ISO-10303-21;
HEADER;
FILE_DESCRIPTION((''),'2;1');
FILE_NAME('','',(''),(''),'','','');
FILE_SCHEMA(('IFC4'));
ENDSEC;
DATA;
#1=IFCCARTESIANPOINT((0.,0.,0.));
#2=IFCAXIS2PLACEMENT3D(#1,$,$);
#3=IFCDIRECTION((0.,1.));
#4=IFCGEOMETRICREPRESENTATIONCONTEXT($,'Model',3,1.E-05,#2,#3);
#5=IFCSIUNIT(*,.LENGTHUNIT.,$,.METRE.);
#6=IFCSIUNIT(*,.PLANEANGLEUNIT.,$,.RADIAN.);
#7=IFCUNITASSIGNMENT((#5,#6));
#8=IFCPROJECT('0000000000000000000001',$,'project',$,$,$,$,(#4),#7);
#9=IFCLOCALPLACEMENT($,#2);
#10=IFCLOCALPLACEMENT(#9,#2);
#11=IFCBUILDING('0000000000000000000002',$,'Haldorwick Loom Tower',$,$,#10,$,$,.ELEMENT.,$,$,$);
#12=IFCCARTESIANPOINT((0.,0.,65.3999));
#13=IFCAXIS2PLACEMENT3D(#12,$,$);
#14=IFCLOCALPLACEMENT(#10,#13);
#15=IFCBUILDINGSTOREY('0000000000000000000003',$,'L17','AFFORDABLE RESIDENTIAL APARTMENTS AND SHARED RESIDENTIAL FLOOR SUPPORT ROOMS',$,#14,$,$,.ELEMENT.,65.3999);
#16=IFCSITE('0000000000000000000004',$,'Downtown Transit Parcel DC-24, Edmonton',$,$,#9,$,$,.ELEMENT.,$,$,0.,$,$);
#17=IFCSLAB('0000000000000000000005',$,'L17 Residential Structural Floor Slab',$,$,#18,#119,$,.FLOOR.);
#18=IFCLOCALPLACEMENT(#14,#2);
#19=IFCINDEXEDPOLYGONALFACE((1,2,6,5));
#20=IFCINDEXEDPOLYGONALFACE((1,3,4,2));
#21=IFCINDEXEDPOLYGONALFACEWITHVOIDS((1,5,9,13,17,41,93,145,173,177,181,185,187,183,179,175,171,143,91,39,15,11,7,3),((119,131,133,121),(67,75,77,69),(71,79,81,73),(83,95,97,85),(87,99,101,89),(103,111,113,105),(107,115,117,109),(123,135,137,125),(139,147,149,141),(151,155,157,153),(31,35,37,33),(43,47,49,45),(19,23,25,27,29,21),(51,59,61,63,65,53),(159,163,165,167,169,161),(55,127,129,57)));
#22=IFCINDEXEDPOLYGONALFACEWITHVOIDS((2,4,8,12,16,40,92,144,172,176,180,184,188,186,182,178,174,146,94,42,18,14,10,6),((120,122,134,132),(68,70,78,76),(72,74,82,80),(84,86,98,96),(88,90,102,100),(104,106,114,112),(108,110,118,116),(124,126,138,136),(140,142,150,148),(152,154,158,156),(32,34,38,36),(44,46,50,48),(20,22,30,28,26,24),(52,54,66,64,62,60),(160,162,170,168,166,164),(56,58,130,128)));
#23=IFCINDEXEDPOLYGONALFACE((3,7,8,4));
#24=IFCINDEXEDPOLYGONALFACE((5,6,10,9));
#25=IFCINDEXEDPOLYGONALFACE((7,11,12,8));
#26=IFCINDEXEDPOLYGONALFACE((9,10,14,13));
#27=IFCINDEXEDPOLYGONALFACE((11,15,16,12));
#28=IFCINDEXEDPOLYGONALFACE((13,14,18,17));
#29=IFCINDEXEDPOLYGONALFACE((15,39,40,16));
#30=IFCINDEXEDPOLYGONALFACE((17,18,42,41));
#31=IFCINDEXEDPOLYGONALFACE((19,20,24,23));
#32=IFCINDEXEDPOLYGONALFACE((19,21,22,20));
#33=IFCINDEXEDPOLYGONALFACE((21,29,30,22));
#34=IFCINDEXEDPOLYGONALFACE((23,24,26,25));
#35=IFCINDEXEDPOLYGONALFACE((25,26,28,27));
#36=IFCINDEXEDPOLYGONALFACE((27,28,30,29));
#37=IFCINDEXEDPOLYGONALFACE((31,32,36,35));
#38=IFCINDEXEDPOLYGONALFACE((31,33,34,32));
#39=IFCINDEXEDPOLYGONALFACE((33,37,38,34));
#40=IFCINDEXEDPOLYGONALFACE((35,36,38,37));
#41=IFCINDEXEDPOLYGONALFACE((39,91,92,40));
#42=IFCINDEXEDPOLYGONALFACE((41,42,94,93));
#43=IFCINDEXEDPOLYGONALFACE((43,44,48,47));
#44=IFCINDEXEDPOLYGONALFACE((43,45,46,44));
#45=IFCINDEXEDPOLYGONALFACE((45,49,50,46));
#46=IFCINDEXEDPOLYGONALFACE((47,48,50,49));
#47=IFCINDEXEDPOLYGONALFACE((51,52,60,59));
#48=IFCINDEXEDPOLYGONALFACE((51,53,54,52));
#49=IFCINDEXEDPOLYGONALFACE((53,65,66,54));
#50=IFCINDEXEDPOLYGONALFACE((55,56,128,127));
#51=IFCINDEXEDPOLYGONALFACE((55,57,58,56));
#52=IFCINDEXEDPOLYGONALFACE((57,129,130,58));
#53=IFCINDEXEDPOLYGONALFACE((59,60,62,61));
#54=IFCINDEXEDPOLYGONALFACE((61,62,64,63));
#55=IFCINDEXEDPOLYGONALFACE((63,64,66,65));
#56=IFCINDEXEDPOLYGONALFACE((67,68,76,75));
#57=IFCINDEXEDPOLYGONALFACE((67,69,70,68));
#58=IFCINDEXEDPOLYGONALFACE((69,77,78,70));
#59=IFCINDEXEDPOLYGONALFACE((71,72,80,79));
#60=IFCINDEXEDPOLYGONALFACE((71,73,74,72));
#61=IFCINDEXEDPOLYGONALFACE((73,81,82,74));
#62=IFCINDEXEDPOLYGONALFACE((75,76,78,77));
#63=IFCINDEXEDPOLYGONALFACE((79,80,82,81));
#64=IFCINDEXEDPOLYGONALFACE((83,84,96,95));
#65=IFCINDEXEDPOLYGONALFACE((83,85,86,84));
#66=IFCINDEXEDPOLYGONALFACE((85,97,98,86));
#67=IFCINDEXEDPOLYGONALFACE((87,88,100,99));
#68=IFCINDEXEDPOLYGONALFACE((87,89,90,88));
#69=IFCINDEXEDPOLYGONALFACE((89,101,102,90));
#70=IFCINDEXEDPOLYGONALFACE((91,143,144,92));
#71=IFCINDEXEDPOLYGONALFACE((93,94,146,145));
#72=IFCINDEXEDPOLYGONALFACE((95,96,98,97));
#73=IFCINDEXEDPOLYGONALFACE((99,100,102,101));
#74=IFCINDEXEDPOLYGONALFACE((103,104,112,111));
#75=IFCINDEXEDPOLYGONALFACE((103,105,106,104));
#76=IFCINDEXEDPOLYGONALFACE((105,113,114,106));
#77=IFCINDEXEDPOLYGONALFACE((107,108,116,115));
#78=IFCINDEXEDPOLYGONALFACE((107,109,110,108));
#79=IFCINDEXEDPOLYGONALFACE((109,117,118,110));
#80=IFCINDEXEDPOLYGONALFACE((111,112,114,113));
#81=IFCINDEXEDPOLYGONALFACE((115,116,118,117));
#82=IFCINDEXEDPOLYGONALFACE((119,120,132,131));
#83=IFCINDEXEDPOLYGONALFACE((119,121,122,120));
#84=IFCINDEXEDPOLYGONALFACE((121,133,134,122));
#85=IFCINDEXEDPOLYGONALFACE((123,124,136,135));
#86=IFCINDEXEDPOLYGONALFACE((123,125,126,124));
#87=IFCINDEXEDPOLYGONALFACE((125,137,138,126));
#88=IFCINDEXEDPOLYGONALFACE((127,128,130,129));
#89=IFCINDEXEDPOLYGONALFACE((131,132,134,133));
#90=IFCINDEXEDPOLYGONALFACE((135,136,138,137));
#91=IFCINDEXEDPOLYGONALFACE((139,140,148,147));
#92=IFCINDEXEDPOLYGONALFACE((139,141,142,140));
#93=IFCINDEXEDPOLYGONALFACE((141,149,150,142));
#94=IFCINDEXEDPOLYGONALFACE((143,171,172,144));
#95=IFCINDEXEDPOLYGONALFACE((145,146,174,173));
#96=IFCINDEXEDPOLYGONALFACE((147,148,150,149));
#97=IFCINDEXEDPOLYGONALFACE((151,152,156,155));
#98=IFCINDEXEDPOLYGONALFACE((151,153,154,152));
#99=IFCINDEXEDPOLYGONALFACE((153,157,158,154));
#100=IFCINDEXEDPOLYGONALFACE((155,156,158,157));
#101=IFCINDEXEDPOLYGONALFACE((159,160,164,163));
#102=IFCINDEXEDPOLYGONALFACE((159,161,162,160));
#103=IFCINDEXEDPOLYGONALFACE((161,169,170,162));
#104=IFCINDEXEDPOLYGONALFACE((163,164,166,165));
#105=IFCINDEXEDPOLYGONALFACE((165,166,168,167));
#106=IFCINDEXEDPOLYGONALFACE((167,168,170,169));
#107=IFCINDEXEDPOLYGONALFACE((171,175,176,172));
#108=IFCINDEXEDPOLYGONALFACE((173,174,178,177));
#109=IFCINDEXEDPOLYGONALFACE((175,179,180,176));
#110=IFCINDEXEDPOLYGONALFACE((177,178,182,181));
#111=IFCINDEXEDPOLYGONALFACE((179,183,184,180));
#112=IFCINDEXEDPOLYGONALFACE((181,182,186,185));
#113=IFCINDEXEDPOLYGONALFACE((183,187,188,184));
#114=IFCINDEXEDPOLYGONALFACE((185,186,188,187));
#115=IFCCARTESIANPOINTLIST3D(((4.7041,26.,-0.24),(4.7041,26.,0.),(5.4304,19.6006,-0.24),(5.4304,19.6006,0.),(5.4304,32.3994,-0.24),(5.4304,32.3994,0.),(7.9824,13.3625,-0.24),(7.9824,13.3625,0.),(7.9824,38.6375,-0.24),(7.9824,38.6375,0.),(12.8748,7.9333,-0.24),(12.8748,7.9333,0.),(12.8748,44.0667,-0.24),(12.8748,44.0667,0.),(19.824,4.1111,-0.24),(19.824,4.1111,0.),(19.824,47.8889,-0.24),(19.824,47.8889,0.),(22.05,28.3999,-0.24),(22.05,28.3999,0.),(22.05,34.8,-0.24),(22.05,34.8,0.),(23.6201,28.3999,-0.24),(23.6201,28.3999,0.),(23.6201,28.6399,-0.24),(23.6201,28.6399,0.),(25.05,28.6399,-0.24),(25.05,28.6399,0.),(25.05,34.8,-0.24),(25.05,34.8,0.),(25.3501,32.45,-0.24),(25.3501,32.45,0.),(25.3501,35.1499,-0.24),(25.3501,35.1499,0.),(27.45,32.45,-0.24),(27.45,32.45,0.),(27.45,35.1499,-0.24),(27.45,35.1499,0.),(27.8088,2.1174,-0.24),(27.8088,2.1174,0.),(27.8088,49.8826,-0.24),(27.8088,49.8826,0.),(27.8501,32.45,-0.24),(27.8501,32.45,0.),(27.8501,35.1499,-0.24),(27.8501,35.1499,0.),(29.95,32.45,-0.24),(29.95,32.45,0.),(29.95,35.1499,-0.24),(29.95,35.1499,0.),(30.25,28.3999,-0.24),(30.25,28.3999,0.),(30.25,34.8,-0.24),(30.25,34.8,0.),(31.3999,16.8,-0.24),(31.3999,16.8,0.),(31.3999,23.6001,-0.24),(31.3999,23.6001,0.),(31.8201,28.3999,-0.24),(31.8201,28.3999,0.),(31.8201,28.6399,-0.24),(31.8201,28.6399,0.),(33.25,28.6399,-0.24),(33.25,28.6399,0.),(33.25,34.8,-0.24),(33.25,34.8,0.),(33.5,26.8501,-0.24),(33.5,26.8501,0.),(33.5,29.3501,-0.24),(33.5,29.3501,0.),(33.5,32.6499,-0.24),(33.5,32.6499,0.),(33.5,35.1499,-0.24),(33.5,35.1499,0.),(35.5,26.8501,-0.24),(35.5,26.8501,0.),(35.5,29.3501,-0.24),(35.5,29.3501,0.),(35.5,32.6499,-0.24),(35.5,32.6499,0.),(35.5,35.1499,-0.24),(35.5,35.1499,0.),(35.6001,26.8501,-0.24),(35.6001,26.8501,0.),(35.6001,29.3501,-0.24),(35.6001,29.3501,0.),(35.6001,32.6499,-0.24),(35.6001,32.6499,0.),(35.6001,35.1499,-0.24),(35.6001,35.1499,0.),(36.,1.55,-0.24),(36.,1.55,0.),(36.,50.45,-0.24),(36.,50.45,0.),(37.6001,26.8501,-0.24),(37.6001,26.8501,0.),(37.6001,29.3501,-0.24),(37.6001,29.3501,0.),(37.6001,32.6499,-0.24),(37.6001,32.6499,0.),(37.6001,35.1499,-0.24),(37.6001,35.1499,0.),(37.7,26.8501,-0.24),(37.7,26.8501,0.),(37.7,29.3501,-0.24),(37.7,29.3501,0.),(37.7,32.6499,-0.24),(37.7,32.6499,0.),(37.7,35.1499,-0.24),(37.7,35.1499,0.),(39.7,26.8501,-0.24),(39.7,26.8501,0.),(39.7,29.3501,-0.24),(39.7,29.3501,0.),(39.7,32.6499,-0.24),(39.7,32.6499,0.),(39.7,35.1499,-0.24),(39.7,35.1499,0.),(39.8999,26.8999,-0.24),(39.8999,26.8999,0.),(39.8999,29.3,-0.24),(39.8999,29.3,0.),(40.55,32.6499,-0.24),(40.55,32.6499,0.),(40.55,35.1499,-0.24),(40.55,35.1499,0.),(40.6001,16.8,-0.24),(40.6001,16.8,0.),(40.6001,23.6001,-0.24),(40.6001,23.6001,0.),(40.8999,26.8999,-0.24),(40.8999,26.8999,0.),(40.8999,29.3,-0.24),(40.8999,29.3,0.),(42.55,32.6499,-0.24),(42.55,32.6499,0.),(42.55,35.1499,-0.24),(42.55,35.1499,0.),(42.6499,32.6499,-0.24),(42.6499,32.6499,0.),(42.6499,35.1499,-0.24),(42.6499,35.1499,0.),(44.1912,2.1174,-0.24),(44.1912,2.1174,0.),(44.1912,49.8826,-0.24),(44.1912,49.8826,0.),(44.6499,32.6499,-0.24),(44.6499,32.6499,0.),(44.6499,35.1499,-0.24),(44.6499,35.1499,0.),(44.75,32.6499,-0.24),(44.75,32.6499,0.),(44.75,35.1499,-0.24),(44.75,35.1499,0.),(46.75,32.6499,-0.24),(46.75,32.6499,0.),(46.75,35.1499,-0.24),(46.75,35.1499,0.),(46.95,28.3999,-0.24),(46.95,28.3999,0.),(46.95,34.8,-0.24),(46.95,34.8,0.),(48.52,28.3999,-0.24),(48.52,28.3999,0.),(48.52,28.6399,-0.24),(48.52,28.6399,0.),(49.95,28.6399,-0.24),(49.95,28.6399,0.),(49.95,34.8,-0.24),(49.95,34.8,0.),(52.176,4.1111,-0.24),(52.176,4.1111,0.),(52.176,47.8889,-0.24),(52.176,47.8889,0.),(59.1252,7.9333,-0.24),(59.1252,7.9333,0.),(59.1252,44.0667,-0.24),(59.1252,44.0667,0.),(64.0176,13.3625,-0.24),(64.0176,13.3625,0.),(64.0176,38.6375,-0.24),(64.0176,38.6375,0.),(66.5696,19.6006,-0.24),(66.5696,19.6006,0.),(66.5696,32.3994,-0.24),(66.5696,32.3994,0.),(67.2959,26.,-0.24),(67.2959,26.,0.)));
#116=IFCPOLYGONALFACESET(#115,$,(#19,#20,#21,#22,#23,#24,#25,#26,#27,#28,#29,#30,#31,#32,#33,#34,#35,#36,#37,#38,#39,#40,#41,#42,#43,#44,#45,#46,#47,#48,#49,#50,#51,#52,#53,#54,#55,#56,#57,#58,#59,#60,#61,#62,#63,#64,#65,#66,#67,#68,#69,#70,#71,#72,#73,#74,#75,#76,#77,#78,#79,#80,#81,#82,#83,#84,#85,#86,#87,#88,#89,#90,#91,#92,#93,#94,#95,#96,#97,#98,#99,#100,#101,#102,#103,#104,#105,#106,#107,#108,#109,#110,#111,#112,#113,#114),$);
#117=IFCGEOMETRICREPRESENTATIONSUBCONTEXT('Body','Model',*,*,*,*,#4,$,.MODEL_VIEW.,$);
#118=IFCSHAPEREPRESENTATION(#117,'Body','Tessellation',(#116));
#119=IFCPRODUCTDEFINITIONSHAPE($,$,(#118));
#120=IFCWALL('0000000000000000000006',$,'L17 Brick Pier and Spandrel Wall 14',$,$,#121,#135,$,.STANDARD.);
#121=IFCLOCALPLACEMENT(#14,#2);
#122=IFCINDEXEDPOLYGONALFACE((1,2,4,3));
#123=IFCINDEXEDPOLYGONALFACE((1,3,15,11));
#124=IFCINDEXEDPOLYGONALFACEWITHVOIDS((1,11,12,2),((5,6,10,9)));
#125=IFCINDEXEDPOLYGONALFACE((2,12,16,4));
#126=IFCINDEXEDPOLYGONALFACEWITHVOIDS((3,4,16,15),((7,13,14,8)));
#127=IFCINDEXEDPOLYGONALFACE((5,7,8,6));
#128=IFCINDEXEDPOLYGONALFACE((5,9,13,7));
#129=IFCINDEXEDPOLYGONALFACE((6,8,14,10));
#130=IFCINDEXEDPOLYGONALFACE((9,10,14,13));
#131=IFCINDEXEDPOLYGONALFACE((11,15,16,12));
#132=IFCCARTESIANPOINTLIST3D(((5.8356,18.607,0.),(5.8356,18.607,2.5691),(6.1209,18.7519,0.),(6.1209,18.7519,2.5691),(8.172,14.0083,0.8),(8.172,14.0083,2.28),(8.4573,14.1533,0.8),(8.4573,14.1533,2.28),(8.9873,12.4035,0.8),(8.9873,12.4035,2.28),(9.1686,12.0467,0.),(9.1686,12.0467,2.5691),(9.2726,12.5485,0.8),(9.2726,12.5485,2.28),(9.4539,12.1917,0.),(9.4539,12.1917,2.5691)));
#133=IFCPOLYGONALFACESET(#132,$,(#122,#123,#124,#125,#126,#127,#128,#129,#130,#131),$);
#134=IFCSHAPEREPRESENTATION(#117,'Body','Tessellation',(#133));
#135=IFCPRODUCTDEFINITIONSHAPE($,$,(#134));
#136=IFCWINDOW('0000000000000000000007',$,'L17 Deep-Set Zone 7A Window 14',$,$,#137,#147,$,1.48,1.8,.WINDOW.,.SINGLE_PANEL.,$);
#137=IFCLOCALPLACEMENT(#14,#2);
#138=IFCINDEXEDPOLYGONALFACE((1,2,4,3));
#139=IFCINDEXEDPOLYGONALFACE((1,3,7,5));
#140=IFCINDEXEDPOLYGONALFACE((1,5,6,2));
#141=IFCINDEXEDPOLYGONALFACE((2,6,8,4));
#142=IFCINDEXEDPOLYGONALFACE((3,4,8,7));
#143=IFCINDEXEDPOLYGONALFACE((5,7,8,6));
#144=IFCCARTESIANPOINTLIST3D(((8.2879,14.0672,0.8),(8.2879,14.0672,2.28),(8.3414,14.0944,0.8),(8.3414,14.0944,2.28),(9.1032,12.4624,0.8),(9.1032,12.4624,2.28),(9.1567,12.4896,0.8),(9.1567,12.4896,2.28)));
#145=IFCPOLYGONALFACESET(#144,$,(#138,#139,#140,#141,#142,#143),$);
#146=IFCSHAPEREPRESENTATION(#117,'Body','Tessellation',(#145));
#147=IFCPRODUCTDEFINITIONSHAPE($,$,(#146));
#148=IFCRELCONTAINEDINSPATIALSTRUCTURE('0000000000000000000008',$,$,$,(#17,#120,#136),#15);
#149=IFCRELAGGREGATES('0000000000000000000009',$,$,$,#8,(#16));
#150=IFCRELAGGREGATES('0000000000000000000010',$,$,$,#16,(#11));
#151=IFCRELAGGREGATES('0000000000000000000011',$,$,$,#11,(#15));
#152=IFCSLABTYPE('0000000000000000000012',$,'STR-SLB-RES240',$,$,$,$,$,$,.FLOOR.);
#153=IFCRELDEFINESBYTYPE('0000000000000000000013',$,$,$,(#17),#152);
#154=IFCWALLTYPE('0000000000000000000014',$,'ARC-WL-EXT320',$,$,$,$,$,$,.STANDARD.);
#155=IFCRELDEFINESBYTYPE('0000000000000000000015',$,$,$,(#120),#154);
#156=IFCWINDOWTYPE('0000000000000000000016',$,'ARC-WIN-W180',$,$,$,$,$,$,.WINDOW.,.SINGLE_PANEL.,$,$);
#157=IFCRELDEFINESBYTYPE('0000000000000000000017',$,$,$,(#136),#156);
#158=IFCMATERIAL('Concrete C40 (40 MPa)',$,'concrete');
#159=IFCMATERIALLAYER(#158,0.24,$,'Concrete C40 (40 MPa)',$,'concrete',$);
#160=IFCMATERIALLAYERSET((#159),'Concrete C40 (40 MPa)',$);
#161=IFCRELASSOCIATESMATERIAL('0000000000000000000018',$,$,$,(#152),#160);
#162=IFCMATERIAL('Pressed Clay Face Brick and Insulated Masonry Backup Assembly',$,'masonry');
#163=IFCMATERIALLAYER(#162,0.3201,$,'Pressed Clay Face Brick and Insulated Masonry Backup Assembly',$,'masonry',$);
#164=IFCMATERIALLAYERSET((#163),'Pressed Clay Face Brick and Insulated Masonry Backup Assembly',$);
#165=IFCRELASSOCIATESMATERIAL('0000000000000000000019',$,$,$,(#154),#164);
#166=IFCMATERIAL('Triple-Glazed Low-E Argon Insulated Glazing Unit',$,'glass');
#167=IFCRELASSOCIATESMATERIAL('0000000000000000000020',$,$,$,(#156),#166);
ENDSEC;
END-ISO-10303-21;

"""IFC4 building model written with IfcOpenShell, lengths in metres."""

from ifc_helpers import new_model, si_unit, direction, frame, frame_2d, origin, place, context, subcontext, project, spatial, polyline, rectangle, outline, extrude, material, layer, layer_set, type_object, element, fill, save


model = new_model("IFC4")

# Units and contexts
model_context = context("Model", 3, precision=1e-05, world=origin(), true_north=direction((0.0, 1.0)))
body_context = subcontext(model_context, "Body", "Model", "MODEL_VIEW")
ifc_project = project(units=[si_unit("LENGTHUNIT", "METRE"), si_unit("PLANEANGLEUNIT", "RADIAN")], contexts=[model_context])

# Site, building, storey
site_placement = place(None, origin())
site = spatial("IfcSite", under=ifc_project, at=site_placement, Name="Downtown Transit Parcel DC-24, Edmonton", CompositionType="ELEMENT", RefElevation=0.0)
building_placement = place(site_placement, origin())
building = spatial("IfcBuilding", under=site, at=building_placement, Name="Haldorwick Loom Tower", CompositionType="ELEMENT")
storey_placement = place(building_placement, frame((0.0, 0.0, 65.3999)))
storey = spatial("IfcBuildingStorey", under=building, at=storey_placement, Name="L17", Description="AFFORDABLE RESIDENTIAL APARTMENTS AND SHARED RESIDENTIAL FLOOR SUPPORT ROOMS", CompositionType="ELEMENT", Elevation=65.3999)

# Shared definitions
ifc_material_1 = material(Name="Concrete C40 (40 MPa)", Category="concrete")

# Slab
ifc_layer_1 = layer(ifc_material_1, 0.24, Name="Concrete C40 (40 MPa)", Category="concrete")
ifc_layer_set_1 = layer_set([ifc_layer_1], Name="Concrete C40 (40 MPa)")
slab_type_1 = type_object("IfcSlabType", Name="STR-SLB-RES240", PredefinedType="FLOOR", material=ifc_layer_set_1)
slab_1_placement = place(storey_placement, frame((0.0, 0.0, -0.24)))
element("IfcSlab", 1, at=slab_1_placement, inside=storey, type_object=slab_type_1, Name="L17 Residential Structural Floor Slab", PredefinedType="FLOOR", context=body_context, shape_type="SweptSolid", body=[
    extrude(outline(polyline([(59.1252, 7.9333), (64.0176, 13.3625), (66.5696, 19.6006), (67.2959, 26.0), (66.5696, 32.3994), (64.0176, 38.6375), (59.1252, 44.0667), (52.176, 47.8889), (44.1912, 49.8826), (36.0, 50.45), (27.8088, 49.8826), (19.824, 47.8889), (12.8748, 44.0667), (7.9824, 38.6375), (5.4304, 32.3994), (4.7041, 26.0), (5.4304, 19.6006), (7.9824, 13.3625), (12.8748, 7.9333), (19.824, 4.1111), (27.8088, 2.1174), (36.0, 1.55), (44.1912, 2.1174), (52.176, 4.1111), (59.1252, 7.9333)]), holes=[polyline([(31.3999, 23.6001), (40.6001, 23.6001), (40.6001, 16.8), (31.3999, 16.8), (31.3999, 23.6001)]), polyline([(33.5, 26.8501), (33.5, 29.3501), (35.5, 29.3501), (35.5, 26.8501), (33.5, 26.8501)]), polyline([(22.05, 28.3999), (22.05, 34.8), (25.05, 34.8), (25.05, 28.6399), (23.6201, 28.6399), (23.6201, 28.3999), (22.05, 28.3999)]), polyline([(30.25, 28.3999), (30.25, 34.8), (33.25, 34.8), (33.25, 28.6399), (31.8201, 28.6399), (31.8201, 28.3999), (30.25, 28.3999)]), polyline([(25.3501, 32.45), (25.3501, 35.1499), (27.45, 35.1499), (27.45, 32.45), (25.3501, 32.45)]), polyline([(27.8501, 32.45), (27.8501, 35.1499), (29.95, 35.1499), (29.95, 32.45), (27.8501, 32.45)]), polyline([(33.5, 32.6499), (33.5, 35.1499), (35.5, 35.1499), (35.5, 32.6499), (33.5, 32.6499)]), polyline([(35.6001, 32.6499), (35.6001, 35.1499), (37.6001, 35.1499), (37.6001, 32.6499), (35.6001, 32.6499)]), polyline([(35.6001, 26.8501), (35.6001, 29.3501), (37.6001, 29.3501), (37.6001, 26.8501), (35.6001, 26.8501)]), polyline([(37.7, 26.8501), (37.7, 29.3501), (39.7, 29.3501), (39.7, 26.8501), (37.7, 26.8501)]), polyline([(39.8999, 26.8999), (39.8999, 29.3), (40.8999, 29.3), (40.8999, 26.8999), (39.8999, 26.8999)]), polyline([(46.95, 28.3999), (46.95, 34.8), (49.95, 34.8), (49.95, 28.6399), (48.52, 28.6399), (48.52, 28.3999), (46.95, 28.3999)]), polyline([(37.7, 32.6499), (37.7, 35.1499), (39.7, 35.1499), (39.7, 32.6499), (37.7, 32.6499)]), polyline([(40.55, 32.6499), (40.55, 35.1499), (42.55, 35.1499), (42.55, 32.6499), (40.55, 32.6499)]), polyline([(42.6499, 32.6499), (42.6499, 35.1499), (44.6499, 35.1499), (44.6499, 32.6499), (42.6499, 32.6499)]), polyline([(44.75, 32.6499), (44.75, 35.1499), (46.75, 35.1499), (46.75, 32.6499), (44.75, 32.6499)])]), origin(), (0.0, 0.0, 1.0), 0.24),
])

# Wall, opening, window
ifc_material_2 = material(Name="Pressed Clay Face Brick and Insulated Masonry Backup Assembly", Category="masonry")
ifc_layer_2 = layer(ifc_material_2, 0.3201, Name="Pressed Clay Face Brick and Insulated Masonry Backup Assembly", Category="masonry")
ifc_layer_set_2 = layer_set([ifc_layer_2], Name="Pressed Clay Face Brick and Insulated Masonry Backup Assembly")
wall_type_1 = type_object("IfcWallType", Name="ARC-WL-EXT320", PredefinedType="STANDARD", material=ifc_layer_set_2)
wall_1_placement = place(storey_placement, frame((5.9783, 18.6794, 0.0), z_axis=(0.0, 0.0, 1.0), x_axis=(0.452951, -0.891535, 0.0)))
wall_1 = element("IfcWall", 2, at=wall_1_placement, inside=storey, type_object=wall_type_1, Name="L17 Brick Pier and Spandrel Wall 14", PredefinedType="STANDARD", context=body_context, shape_type="SweptSolid", body=[
    extrude(rectangle(XDim=7.3584, YDim=0.3201, at=frame_2d((3.6792, 0.0))), origin(), (0.0, 0.0, 1.0), 2.5691),
])
opening_1_placement = place(wall_1_placement, frame((5.1582, 0.0, 0.8)))
opening_1 = element("IfcOpeningElement", 3, at=opening_1_placement, cuts=wall_1, PredefinedType="OPENING", context=body_context, shape_type="SweptSolid", body=[
    extrude(rectangle(XDim=1.8, YDim=1.48, at=frame_2d((0.8999, 0.74))), frame((0.0, 0.1699, 0.0), z_axis=(0.0, -1.0, 0.0), x_axis=(1.0, 0.0, 0.0)), (0.0, 0.0, 1.0), 0.3401),
])
ifc_material_3 = material(Name="Triple-Glazed Low-E Argon Insulated Glazing Unit", Category="glass")
window_type = type_object("IfcWindowType", Name="ARC-WIN-W180", PartitioningType="SINGLE_PANEL", PredefinedType="WINDOW", material=ifc_material_3)
window_1_placement = place(opening_1_placement, origin())
window_1 = element("IfcWindow", 4, at=window_1_placement, inside=storey, type_object=window_type, Name="L17 Deep-Set Zone 7A Window 14", OverallHeight=1.48, OverallWidth=1.8, PartitioningType="SINGLE_PANEL", PredefinedType="WINDOW", context=body_context, shape_type="SweptSolid", body=[
    extrude(rectangle(XDim=1.8, YDim=1.48, at=frame_2d((0.8999, 0.74))), frame((0.0, 0.03, 0.0), z_axis=(0.0, -1.0, 0.0), x_axis=(1.0, 0.0, 0.0)), (0.0, 0.0, 1.0), 0.0601),
])
fill(opening_1, window_1)

save(model, "model.ifc")
